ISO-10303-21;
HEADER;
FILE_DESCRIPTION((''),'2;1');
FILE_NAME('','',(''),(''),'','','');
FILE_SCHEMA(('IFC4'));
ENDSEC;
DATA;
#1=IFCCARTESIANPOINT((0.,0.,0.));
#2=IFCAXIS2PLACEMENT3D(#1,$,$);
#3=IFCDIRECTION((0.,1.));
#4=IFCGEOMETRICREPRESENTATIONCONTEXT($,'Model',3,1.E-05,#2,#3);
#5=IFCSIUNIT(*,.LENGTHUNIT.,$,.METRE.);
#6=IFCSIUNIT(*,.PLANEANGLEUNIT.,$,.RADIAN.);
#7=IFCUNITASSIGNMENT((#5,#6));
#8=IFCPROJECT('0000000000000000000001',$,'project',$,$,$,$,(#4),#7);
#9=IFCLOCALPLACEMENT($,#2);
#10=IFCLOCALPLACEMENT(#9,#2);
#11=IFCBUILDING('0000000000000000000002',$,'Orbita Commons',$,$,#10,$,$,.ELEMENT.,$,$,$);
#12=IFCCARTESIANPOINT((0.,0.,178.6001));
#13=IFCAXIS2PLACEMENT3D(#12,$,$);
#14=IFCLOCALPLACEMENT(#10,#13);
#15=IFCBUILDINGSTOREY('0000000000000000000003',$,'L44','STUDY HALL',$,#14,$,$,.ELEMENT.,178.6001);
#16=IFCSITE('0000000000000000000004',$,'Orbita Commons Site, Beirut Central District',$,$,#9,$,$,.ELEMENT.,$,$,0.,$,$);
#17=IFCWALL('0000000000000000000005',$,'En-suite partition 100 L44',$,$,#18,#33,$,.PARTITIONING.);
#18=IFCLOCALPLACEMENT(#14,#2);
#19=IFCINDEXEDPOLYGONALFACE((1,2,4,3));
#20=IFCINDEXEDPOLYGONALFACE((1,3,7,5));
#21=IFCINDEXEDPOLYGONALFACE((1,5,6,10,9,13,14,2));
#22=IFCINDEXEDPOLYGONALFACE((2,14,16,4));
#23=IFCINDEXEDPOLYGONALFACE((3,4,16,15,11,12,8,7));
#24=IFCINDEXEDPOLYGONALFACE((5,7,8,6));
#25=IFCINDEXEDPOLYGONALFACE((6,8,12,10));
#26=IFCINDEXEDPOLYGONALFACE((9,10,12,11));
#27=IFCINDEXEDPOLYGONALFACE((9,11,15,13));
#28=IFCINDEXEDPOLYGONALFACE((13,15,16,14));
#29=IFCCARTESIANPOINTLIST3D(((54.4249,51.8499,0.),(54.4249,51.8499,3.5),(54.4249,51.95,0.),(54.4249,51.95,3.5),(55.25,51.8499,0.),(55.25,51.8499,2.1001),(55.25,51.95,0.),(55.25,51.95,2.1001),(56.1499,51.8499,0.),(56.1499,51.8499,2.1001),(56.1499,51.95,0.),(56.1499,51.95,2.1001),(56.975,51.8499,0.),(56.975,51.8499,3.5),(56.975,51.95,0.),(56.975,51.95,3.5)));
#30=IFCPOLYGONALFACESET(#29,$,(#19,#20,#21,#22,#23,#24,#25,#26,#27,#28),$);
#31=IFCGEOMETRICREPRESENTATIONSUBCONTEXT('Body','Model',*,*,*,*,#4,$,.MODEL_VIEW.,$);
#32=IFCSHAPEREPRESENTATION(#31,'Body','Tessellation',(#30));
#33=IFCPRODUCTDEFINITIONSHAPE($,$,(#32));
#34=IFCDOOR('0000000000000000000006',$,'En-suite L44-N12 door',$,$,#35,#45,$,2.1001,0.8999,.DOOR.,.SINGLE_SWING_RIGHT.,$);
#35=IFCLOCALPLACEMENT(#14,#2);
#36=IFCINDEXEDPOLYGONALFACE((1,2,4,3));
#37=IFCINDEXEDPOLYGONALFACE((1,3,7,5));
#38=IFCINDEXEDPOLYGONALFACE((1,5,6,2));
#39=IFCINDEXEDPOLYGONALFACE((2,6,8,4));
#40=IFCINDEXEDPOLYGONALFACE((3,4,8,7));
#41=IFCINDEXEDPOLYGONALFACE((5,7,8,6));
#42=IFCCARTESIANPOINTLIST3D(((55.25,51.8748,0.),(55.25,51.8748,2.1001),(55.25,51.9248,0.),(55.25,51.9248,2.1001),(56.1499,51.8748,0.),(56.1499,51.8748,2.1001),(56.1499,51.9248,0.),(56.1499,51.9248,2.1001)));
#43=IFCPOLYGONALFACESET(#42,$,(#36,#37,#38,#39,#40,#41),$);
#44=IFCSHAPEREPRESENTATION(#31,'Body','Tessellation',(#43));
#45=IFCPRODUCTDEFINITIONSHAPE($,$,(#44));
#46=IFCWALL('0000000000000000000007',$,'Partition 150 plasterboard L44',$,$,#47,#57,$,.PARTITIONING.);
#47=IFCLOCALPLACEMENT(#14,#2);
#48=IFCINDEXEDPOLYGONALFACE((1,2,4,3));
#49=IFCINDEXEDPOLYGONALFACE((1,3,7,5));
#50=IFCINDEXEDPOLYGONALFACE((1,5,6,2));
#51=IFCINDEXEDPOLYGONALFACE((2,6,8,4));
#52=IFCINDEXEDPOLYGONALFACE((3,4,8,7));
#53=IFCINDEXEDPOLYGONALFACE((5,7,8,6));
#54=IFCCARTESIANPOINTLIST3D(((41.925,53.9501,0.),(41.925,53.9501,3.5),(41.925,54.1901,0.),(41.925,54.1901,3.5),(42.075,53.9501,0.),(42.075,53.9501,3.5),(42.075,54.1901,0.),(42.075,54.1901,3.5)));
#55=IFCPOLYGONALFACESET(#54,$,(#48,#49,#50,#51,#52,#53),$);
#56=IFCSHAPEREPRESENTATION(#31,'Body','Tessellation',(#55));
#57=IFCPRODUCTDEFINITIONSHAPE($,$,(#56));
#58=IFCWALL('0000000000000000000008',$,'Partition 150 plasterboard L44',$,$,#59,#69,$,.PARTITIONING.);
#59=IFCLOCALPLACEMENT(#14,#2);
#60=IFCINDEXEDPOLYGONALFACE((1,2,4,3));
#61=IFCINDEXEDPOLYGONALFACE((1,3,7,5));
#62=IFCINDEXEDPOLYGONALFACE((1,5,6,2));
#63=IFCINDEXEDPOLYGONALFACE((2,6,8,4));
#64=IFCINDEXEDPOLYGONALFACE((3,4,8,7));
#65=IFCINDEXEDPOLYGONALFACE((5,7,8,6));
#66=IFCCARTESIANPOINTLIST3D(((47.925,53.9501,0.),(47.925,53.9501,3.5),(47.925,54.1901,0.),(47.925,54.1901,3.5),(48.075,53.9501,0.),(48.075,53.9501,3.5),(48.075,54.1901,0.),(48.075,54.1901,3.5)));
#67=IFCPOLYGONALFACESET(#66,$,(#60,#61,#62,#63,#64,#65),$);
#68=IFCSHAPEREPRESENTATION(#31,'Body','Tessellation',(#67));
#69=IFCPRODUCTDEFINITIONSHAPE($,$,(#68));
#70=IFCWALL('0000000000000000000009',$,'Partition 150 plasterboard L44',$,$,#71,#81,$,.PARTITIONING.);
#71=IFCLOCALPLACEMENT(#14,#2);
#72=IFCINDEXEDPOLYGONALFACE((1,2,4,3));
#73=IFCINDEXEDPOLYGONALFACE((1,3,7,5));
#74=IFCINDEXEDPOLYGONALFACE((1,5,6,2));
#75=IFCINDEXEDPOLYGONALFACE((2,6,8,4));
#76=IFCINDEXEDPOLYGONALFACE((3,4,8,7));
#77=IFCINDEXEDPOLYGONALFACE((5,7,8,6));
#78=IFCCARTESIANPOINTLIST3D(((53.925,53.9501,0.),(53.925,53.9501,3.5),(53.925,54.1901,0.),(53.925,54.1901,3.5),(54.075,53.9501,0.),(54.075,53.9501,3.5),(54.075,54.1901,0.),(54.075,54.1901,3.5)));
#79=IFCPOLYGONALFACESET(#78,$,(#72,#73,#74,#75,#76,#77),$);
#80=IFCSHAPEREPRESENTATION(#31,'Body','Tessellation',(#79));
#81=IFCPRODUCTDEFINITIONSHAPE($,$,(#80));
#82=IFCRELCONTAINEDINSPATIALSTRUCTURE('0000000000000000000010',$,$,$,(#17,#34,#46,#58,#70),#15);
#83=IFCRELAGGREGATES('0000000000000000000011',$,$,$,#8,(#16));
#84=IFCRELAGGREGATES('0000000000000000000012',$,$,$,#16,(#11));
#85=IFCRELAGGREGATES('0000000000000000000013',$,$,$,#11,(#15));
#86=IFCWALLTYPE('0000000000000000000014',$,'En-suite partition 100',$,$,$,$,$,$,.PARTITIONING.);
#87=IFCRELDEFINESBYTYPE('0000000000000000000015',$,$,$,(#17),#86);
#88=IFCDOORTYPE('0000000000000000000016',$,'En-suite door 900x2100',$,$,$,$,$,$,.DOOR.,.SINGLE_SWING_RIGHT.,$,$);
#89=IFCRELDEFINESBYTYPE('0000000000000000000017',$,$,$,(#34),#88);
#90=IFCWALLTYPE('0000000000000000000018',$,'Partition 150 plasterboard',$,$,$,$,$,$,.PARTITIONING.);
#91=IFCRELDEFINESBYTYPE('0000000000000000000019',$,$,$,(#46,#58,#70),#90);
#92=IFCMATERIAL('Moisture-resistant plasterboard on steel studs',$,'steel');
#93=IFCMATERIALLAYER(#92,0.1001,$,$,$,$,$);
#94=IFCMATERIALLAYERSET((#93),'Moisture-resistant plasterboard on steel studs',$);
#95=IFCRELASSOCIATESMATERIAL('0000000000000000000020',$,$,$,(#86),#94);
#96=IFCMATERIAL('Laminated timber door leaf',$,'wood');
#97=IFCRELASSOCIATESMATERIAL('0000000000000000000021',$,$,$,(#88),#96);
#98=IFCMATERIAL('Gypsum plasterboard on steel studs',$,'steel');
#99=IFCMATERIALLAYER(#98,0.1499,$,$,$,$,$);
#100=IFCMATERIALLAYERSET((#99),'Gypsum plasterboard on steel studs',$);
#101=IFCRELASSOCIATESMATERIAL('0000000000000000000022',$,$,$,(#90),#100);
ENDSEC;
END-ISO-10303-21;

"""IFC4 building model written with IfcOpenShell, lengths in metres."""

from ifc_helpers import new_model, si_unit, direction, frame, frame_2d, origin, place, context, subcontext, project, spatial, rectangle, extrude, material, layer, layer_set, type_object, element, fill, save


model = new_model("IFC4")

# Units and contexts
model_context = context("Model", 3, precision=1e-05, world=origin(), true_north=direction((0.0, 1.0)))
body_context = subcontext(model_context, "Body", "Model", "MODEL_VIEW")
ifc_project = project(units=[si_unit("LENGTHUNIT", "METRE"), si_unit("PLANEANGLEUNIT", "RADIAN")], contexts=[model_context])

# Site, building, storey
site_placement = place(None, origin())
site = spatial("IfcSite", under=ifc_project, at=site_placement, Name="Orbita Commons Site, Beirut Central District", CompositionType="ELEMENT", RefElevation=0.0)
building_placement = place(site_placement, origin())
building = spatial("IfcBuilding", under=site, at=building_placement, Name="Orbita Commons", CompositionType="ELEMENT")
storey_placement = place(building_placement, frame((0.0, 0.0, 178.6001)))
storey = spatial("IfcBuildingStorey", under=building, at=storey_placement, Name="L44", Description="STUDY HALL", CompositionType="ELEMENT", Elevation=178.6001)

# Wall, opening, door
ifc_material_1 = material(Name="Moisture-resistant plasterboard on steel studs", Category="steel")
ifc_layer_1 = layer(ifc_material_1, 0.1001)
ifc_layer_set_1 = layer_set([ifc_layer_1], Name="Moisture-resistant plasterboard on steel studs")
wall_type_1 = type_object("IfcWallType", Name="En-suite partition 100", PredefinedType="PARTITIONING", material=ifc_layer_set_1)
ifc_material_2 = material(Name="Laminated timber door leaf", Category="wood")
door_type = type_object("IfcDoorType", Name="En-suite door 900x2100", OperationType="SINGLE_SWING_RIGHT", PredefinedType="DOOR", material=ifc_material_2)
wall_1_placement = place(storey_placement, frame((54.425, 51.8999, 0.0), z_axis=(0.0, 0.0, 1.0), x_axis=(1.0, 0.0, 0.0)))
wall_1 = element("IfcWall", 1, at=wall_1_placement, inside=storey, type_object=wall_type_1, Name="En-suite partition 100 L44", PredefinedType="PARTITIONING", context=body_context, shape_type="SweptSolid", body=[
    extrude(rectangle(XDim=2.55, YDim=0.1001, at=frame_2d((1.2749, 0.0))), origin(), (0.0, 0.0, 1.0), 3.5),
])
opening_1_placement = place(wall_1_placement, frame((0.825, 0.0, 0.0)))
opening_1 = element("IfcOpeningElement", 2, at=opening_1_placement, cuts=wall_1, PredefinedType="OPENING", context=body_context, shape_type="SweptSolid", body=[
    extrude(rectangle(XDim=0.8999, YDim=2.1001, at=frame_2d((0.45, 1.05))), frame((0.0, 0.0601, 0.0), z_axis=(0.0, -1.0, 0.0), x_axis=(1.0, 0.0, 0.0)), (0.0, 0.0, 1.0), 0.1201),
])
door_1_placement = place(opening_1_placement, origin())
door_1 = element("IfcDoor", 3, at=door_1_placement, inside=storey, type_object=door_type, Name="En-suite L44-N12 door", OperationType="SINGLE_SWING_RIGHT", OverallHeight=2.1001, OverallWidth=0.8999, PredefinedType="DOOR", context=body_context, shape_type="SweptSolid", body=[
    extrude(rectangle(XDim=0.8999, YDim=2.1001, at=frame_2d((0.45, 1.05))), frame((0.0, 0.0249, 0.0), z_axis=(0.0, -1.0, 0.0), x_axis=(1.0, 0.0, 0.0)), (0.0, 0.0, 1.0), 0.05),
])
fill(opening_1, door_1)

# Walls
ifc_material_3 = material(Name="Gypsum plasterboard on steel studs", Category="steel")
ifc_layer_2 = layer(ifc_material_3, 0.1499)
ifc_layer_set_2 = layer_set([ifc_layer_2], Name="Gypsum plasterboard on steel studs")
wall_type_2 = type_object("IfcWallType", Name="Partition 150 plasterboard", PredefinedType="PARTITIONING", material=ifc_layer_set_2)
for number, where, z_axis, x_axis, name in (
    (4, (42.0, 53.95, 0.0), (0.0, 0.0, 1.0), (0.0, 1.0, 0.0), "Partition 150 plasterboard L44"),
    (5, (48.0, 53.95, 0.0), (0.0, 0.0, 1.0), (0.0, 1.0, 0.0), "Partition 150 plasterboard L44"),
    (6, (54.0, 53.95, 0.0), (0.0, 0.0, 1.0), (0.0, 1.0, 0.0), "Partition 150 plasterboard L44"),
):
    element("IfcWall", number, at=place(storey_placement, frame(where, z_axis=z_axis, x_axis=x_axis)), inside=storey, type_object=wall_type_2, Name=name, PredefinedType="PARTITIONING", context=body_context, shape_type="SweptSolid", body=[
        extrude(rectangle(XDim=0.24, YDim=0.1499, at=frame_2d((0.1201, 0.0))), origin(), (0.0, 0.0, 1.0), 3.5),
    ])

save(model, "model.ifc")
